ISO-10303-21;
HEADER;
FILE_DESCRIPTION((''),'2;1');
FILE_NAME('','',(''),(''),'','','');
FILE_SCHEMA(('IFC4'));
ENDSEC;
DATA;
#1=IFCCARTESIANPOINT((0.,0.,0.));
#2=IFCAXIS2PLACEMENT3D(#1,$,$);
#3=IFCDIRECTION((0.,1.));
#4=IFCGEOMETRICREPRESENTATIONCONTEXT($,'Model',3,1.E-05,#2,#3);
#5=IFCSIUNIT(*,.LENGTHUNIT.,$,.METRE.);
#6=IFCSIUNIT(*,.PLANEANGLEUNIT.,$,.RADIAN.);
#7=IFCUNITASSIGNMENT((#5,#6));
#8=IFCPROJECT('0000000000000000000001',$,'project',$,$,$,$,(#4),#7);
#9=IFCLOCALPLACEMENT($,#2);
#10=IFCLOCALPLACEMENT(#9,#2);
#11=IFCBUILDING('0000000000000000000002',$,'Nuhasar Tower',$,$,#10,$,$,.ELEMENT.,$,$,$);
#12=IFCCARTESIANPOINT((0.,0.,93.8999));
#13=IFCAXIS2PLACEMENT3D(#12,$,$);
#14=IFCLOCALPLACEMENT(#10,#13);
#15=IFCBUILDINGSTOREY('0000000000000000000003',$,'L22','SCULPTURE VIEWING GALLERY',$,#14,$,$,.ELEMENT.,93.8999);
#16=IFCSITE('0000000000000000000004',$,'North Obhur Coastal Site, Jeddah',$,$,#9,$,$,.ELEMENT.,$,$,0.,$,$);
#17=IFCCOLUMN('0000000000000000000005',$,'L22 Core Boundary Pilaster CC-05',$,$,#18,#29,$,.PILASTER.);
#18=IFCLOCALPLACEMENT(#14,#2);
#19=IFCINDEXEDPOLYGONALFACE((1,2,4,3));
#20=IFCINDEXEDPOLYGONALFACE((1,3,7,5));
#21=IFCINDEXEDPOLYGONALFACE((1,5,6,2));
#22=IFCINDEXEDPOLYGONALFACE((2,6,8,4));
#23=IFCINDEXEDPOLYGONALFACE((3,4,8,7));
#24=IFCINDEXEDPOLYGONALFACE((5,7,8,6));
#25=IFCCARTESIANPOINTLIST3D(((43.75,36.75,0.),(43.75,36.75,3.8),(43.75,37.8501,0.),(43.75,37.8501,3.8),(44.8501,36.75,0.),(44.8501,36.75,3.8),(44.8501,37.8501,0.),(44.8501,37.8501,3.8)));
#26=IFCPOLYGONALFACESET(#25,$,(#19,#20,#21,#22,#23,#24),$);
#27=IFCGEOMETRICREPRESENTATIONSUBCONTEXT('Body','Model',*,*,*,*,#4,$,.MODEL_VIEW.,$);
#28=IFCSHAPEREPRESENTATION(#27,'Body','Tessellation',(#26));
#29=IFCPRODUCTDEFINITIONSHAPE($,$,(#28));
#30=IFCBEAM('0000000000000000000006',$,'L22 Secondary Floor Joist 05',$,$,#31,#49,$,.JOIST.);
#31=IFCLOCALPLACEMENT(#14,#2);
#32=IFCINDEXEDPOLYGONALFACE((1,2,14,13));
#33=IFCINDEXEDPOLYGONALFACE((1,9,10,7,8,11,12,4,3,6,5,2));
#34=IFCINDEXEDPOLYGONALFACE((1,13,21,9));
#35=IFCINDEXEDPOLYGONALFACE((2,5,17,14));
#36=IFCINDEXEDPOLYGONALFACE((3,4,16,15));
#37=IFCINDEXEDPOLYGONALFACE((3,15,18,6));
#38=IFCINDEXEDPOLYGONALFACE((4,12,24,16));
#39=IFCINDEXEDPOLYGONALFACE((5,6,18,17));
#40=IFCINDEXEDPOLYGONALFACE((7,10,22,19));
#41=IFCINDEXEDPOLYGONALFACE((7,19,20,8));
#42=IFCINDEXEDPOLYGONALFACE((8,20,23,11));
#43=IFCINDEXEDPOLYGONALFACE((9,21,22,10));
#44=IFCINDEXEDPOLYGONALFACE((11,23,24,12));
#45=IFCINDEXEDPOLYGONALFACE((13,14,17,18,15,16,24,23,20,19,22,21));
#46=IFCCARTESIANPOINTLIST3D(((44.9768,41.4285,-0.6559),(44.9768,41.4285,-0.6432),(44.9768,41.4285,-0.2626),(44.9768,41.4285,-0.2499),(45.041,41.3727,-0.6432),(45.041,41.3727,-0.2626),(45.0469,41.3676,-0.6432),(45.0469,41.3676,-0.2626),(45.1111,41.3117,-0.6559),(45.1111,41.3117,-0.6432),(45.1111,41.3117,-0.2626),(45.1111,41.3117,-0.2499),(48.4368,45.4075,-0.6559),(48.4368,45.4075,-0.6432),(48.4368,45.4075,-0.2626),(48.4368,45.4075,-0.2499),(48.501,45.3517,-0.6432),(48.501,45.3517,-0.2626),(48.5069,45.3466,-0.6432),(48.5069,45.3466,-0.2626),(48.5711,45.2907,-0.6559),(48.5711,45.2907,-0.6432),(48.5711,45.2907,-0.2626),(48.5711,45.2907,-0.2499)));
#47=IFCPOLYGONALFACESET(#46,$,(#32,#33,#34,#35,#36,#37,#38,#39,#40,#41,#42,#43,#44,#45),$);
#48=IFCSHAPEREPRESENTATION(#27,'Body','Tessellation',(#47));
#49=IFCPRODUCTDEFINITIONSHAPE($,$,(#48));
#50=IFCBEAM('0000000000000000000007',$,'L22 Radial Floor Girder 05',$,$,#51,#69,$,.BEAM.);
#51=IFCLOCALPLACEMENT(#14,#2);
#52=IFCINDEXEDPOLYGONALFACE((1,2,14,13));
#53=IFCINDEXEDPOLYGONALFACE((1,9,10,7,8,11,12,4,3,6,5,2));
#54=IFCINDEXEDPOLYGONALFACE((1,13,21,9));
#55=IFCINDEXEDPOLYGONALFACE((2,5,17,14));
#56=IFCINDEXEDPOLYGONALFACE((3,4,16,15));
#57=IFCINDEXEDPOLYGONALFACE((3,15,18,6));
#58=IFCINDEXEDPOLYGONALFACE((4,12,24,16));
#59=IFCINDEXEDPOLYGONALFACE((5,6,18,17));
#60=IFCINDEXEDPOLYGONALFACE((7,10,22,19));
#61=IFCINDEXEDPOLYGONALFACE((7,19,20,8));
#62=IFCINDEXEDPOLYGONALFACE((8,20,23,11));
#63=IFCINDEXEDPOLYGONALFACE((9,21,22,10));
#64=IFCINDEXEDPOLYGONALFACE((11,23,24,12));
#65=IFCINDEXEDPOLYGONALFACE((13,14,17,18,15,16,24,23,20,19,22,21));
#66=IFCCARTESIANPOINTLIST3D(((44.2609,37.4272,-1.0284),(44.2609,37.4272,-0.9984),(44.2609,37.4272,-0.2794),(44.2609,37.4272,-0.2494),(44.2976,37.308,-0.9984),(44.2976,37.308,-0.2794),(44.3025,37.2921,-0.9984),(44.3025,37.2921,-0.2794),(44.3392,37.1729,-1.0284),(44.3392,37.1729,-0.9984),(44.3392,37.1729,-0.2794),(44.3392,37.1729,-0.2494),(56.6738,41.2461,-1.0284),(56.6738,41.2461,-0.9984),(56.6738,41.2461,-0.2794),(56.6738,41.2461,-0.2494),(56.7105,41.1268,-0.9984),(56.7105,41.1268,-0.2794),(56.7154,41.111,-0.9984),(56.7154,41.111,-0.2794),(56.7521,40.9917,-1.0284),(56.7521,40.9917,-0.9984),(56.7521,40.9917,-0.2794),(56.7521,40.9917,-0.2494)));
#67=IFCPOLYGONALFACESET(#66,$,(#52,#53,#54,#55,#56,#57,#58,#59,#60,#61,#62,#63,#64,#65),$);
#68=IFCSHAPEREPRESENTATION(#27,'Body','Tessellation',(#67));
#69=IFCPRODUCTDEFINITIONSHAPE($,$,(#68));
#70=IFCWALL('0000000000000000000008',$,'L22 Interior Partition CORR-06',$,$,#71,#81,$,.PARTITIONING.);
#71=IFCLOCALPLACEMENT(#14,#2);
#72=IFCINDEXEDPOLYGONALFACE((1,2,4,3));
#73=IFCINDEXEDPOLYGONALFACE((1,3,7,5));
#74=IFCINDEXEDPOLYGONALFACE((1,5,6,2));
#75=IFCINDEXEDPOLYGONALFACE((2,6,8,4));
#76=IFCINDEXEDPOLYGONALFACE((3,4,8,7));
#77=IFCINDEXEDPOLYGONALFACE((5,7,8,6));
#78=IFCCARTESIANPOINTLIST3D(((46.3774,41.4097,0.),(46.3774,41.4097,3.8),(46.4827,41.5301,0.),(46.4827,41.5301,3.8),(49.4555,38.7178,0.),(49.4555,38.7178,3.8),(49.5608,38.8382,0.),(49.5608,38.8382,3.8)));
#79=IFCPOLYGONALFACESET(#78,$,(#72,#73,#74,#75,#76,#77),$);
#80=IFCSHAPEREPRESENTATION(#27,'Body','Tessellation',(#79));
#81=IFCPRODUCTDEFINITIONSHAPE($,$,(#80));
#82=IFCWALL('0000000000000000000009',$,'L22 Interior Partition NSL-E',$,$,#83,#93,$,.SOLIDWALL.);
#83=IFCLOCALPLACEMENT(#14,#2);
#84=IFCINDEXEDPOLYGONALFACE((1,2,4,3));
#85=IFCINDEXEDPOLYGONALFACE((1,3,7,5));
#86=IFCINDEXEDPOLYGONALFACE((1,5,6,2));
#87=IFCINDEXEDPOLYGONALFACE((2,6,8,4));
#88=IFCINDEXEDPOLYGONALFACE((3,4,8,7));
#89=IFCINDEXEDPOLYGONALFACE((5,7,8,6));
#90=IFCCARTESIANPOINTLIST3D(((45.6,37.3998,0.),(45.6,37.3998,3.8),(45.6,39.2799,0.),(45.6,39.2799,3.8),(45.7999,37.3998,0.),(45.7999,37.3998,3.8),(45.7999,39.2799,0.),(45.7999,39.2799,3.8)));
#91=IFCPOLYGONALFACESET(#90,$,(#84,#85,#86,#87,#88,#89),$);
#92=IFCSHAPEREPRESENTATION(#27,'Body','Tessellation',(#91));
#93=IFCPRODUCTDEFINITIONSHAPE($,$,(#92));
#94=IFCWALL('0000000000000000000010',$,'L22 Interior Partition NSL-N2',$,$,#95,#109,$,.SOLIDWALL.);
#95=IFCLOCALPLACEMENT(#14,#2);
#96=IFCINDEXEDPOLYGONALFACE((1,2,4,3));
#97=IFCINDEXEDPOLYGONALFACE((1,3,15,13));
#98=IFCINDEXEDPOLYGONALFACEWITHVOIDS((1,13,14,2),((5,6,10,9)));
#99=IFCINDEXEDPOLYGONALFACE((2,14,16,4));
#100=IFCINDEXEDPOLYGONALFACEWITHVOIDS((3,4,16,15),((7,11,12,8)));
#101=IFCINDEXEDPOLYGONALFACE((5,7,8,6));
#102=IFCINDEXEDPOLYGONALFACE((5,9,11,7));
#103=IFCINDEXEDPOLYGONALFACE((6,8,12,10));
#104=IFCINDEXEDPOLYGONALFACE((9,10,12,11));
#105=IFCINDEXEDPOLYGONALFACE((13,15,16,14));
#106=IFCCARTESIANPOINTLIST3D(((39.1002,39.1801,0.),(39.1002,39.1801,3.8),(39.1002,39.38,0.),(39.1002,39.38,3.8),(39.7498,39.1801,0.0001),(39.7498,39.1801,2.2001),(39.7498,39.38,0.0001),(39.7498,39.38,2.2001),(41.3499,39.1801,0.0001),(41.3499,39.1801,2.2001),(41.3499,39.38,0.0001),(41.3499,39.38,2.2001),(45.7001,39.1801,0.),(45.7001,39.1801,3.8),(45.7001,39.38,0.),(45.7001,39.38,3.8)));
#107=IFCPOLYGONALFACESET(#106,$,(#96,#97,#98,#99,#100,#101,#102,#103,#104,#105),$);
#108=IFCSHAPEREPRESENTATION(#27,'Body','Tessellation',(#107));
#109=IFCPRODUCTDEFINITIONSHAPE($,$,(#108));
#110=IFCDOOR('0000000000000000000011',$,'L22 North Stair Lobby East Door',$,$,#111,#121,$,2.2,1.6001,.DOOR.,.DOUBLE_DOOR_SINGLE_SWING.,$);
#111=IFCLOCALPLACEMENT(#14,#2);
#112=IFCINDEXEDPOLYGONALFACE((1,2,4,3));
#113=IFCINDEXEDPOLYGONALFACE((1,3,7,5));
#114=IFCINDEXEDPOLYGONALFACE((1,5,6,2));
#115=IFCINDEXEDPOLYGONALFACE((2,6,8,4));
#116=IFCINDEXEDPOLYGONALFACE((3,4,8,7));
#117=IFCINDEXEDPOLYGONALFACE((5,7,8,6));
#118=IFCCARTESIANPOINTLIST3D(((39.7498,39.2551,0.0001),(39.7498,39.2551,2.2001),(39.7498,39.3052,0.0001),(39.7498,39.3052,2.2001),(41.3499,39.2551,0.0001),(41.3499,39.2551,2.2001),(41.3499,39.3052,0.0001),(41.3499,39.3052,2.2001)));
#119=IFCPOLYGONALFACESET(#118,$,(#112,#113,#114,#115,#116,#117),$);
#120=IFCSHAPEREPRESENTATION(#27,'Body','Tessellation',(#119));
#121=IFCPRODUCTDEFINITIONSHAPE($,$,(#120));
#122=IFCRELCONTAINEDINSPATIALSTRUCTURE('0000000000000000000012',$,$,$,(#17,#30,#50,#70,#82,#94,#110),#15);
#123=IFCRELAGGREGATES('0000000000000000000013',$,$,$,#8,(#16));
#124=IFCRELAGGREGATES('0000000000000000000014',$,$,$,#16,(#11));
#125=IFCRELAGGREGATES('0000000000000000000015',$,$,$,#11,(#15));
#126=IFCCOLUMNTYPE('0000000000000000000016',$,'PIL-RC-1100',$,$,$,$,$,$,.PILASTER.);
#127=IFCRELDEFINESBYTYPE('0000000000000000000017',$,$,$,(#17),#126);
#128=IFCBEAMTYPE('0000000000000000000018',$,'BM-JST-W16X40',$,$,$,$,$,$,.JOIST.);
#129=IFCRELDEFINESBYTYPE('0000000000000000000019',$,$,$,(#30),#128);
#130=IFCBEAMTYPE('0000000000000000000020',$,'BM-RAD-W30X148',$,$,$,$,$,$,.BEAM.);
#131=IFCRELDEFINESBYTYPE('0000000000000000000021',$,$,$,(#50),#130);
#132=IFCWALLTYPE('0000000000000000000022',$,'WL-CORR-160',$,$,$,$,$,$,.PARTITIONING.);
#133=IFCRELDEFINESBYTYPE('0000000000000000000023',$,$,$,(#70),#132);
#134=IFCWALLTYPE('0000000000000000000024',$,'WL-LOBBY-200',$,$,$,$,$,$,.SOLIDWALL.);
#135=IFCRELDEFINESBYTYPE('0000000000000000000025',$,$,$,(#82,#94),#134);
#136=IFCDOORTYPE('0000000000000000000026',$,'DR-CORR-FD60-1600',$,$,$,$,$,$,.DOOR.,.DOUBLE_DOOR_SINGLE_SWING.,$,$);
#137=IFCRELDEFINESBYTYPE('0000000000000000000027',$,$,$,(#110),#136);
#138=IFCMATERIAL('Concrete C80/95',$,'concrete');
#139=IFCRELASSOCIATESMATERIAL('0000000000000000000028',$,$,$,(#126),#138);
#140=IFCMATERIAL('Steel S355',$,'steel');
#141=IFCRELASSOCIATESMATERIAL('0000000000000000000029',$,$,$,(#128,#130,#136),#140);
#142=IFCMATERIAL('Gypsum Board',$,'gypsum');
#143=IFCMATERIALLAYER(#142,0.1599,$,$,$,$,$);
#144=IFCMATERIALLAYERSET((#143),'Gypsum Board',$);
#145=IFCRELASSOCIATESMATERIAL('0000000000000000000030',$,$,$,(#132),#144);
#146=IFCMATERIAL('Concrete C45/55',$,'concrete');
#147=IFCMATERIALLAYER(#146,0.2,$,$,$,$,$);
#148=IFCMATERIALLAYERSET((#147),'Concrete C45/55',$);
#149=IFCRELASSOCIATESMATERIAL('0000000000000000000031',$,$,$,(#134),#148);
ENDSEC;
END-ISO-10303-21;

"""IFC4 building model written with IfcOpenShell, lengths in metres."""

from ifc_helpers import new_model, si_unit, direction, frame, frame_2d, origin, origin_2d, place, context, subcontext, project, spatial, rectangle, i_section, extrude, material, layer, layer_set, material_profile, profile_set, type_object, element, fill, save


model = new_model("IFC4")

# Units and contexts
model_context = context("Model", 3, precision=1e-05, world=origin(), true_north=direction((0.0, 1.0)))
body_context = subcontext(model_context, "Body", "Model", "MODEL_VIEW")
ifc_project = project(units=[si_unit("LENGTHUNIT", "METRE"), si_unit("PLANEANGLEUNIT", "RADIAN")], contexts=[model_context])

# Site, building, storey
site_placement = place(None, origin())
site = spatial("IfcSite", under=ifc_project, at=site_placement, Name="North Obhur Coastal Site, Jeddah", CompositionType="ELEMENT", RefElevation=0.0)
building_placement = place(site_placement, origin())
building = spatial("IfcBuilding", under=site, at=building_placement, Name="Nuhasar Tower", CompositionType="ELEMENT")
storey_placement = place(building_placement, frame((0.0, 0.0, 93.8999)))
storey = spatial("IfcBuildingStorey", under=building, at=storey_placement, Name="L22", Description="SCULPTURE VIEWING GALLERY", CompositionType="ELEMENT", Elevation=93.8999)

# Column
ifc_material_1 = material(Name="Concrete C80/95", Category="concrete")
ifc_material_profile_1 = material_profile(ifc_material_1, rectangle(XDim=1.1001, YDim=1.1001, at=origin_2d()), Name="RC1100X1100")
ifc_profile_set_1 = profile_set([ifc_material_profile_1], Name="Concrete C80/95")
column_type = type_object("IfcColumnType", Name="PIL-RC-1100", PredefinedType="PILASTER", material=ifc_profile_set_1)
column_placement = place(storey_placement, frame((44.3, 37.3, 0.0), z_axis=(0.0, 0.0, 1.0), x_axis=(1.0, 0.0, 0.0)))
element("IfcColumn", 1, at=column_placement, inside=storey, type_object=column_type, Name="L22 Core Boundary Pilaster CC-05", PredefinedType="PILASTER", context=body_context, shape_type="SweptSolid", body=[
    extrude(rectangle(XDim=1.1001, YDim=1.1001, at=origin_2d()), origin(), (0.0, 0.0, 1.0), 3.8),
])

# Beams
ifc_material_2 = material(Name="Steel S355", Category="steel")
ifc_material_profile_2 = material_profile(ifc_material_2, i_section(OverallWidth=0.178, OverallDepth=0.406, WebThickness=0.0078, FlangeThickness=0.0127, at=origin_2d()), Name="W16X40")
ifc_profile_set_2 = profile_set([ifc_material_profile_2], Name="Steel S355")
beam_type_1 = type_object("IfcBeamType", Name="BM-JST-W16X40", PredefinedType="JOIST", material=ifc_profile_set_2)
beam_1_placement = place(storey_placement, frame((45.0439, 41.3701, -0.4529), z_axis=(0.656174, 0.75461, 0.0), x_axis=(-0.75461, 0.656174, 0.0)))
element("IfcBeam", 2, at=beam_1_placement, inside=storey, type_object=beam_type_1, Name="L22 Secondary Floor Joist 05", PredefinedType="JOIST", context=body_context, shape_type="SweptSolid", body=[
    extrude(i_section(OverallWidth=0.178, OverallDepth=0.406, WebThickness=0.0078, FlangeThickness=0.0127, at=origin_2d()), origin(), (0.0, 0.0, 1.0), 5.2729),
])
ifc_material_profile_3 = material_profile(ifc_material_2, i_section(OverallWidth=0.2661, OverallDepth=0.7791, WebThickness=0.0166, FlangeThickness=0.03, at=origin_2d()), Name="W30X148")
ifc_profile_set_3 = profile_set([ifc_material_profile_3], Name="Steel S355")
beam_type_2 = type_object("IfcBeamType", Name="BM-RAD-W30X148", PredefinedType="BEAM", material=ifc_profile_set_3)
beam_2_placement = place(storey_placement, frame((44.3, 37.3, -0.6389), z_axis=(0.95579, 0.294052, 0.0), x_axis=(-0.294052, 0.95579, 0.0)))
element("IfcBeam", 3, at=beam_2_placement, inside=storey, type_object=beam_type_2, Name="L22 Radial Floor Girder 05", PredefinedType="BEAM", context=body_context, shape_type="SweptSolid", body=[
    extrude(i_section(OverallWidth=0.2661, OverallDepth=0.7791, WebThickness=0.0166, FlangeThickness=0.03, at=origin_2d()), origin(), (0.0, 0.0, 1.0), 12.9871),
])

# Walls
ifc_material_3 = material(Name="Gypsum Board", Category="gypsum")
ifc_layer_1 = layer(ifc_material_3, 0.1599)
ifc_layer_set_1 = layer_set([ifc_layer_1], Name="Gypsum Board")
wall_type_1 = type_object("IfcWallType", Name="WL-CORR-160", PredefinedType="PARTITIONING", material=ifc_layer_set_1)
wall_1_placement = place(storey_placement, frame((49.5081, 38.7781, 0.0), z_axis=(0.0, 0.0, 1.0), x_axis=(-0.752754, 0.658302, 0.0)))
element("IfcWall", 4, at=wall_1_placement, inside=storey, type_object=wall_type_1, Name="L22 Interior Partition CORR-06", PredefinedType="PARTITIONING", context=body_context, shape_type="SweptSolid", body=[
    extrude(rectangle(XDim=4.0891, YDim=0.1599, at=frame_2d((2.0444, 0.0))), origin(), (0.0, 0.0, 1.0), 3.8),
])
ifc_material_4 = material(Name="Concrete C45/55", Category="concrete")
ifc_layer_2 = layer(ifc_material_4, 0.2)
ifc_layer_set_2 = layer_set([ifc_layer_2], Name="Concrete C45/55")
wall_type_2 = type_object("IfcWallType", Name="WL-LOBBY-200", PredefinedType="SOLIDWALL", material=ifc_layer_set_2)
wall_2_placement = place(storey_placement, frame((45.7, 37.3999, 0.0), z_axis=(0.0, 0.0, 1.0), x_axis=(0.0, 1.0, 0.0)))
element("IfcWall", 5, at=wall_2_placement, inside=storey, type_object=wall_type_2, Name="L22 Interior Partition NSL-E", PredefinedType="SOLIDWALL", context=body_context, shape_type="SweptSolid", body=[
    extrude(rectangle(XDim=1.8801, YDim=0.2, at=frame_2d((0.9399, 0.0))), origin(), (0.0, 0.0, 1.0), 3.8),
])

# Wall, opening, door
wall_3_placement = place(storey_placement, frame((45.7, 39.28, 0.0), z_axis=(0.0, 0.0, 1.0), x_axis=(-1.0, 0.0, 0.0)))
wall_3 = element("IfcWall", 6, at=wall_3_placement, inside=storey, type_object=wall_type_2, Name="L22 Interior Partition NSL-N2", PredefinedType="SOLIDWALL", context=body_context, shape_type="SweptSolid", body=[
    extrude(rectangle(XDim=6.5999, YDim=0.2, at=frame_2d((3.2998, 0.0))), origin(), (0.0, 0.0, 1.0), 3.8),
])
opening_1_placement = place(wall_3_placement, frame((4.3501, 0.0, 0.0)))
opening_1 = element("IfcOpeningElement", 7, at=opening_1_placement, cuts=wall_3, PredefinedType="OPENING", context=body_context, shape_type="SweptSolid", body=[
    extrude(rectangle(XDim=1.6001, YDim=2.2, at=frame_2d((0.8, 1.1001))), frame((0.0, 0.1099, 0.0), z_axis=(0.0, -1.0, 0.0), x_axis=(1.0, 0.0, 0.0)), (0.0, 0.0, 1.0), 0.22),
])
door_type_1 = type_object("IfcDoorType", Name="DR-CORR-FD60-1600", OperationType="DOUBLE_DOOR_SINGLE_SWING", PredefinedType="DOOR", material=ifc_material_2)
door_1_placement = place(opening_1_placement, origin())
door_1 = element("IfcDoor", 8, at=door_1_placement, inside=storey, type_object=door_type_1, Name="L22 North Stair Lobby East Door", OperationType="DOUBLE_DOOR_SINGLE_SWING", OverallHeight=2.2, OverallWidth=1.6001, PredefinedType="DOOR", context=body_context, shape_type="SweptSolid", body=[
    extrude(rectangle(XDim=1.6001, YDim=2.2, at=frame_2d((0.8, 1.1001))), frame((0.0, 0.0249, 0.0), z_axis=(0.0, -1.0, 0.0), x_axis=(1.0, 0.0, 0.0)), (0.0, 0.0, 1.0), 0.05),
])
fill(opening_1, door_1)

save(model, "model.ifc")
